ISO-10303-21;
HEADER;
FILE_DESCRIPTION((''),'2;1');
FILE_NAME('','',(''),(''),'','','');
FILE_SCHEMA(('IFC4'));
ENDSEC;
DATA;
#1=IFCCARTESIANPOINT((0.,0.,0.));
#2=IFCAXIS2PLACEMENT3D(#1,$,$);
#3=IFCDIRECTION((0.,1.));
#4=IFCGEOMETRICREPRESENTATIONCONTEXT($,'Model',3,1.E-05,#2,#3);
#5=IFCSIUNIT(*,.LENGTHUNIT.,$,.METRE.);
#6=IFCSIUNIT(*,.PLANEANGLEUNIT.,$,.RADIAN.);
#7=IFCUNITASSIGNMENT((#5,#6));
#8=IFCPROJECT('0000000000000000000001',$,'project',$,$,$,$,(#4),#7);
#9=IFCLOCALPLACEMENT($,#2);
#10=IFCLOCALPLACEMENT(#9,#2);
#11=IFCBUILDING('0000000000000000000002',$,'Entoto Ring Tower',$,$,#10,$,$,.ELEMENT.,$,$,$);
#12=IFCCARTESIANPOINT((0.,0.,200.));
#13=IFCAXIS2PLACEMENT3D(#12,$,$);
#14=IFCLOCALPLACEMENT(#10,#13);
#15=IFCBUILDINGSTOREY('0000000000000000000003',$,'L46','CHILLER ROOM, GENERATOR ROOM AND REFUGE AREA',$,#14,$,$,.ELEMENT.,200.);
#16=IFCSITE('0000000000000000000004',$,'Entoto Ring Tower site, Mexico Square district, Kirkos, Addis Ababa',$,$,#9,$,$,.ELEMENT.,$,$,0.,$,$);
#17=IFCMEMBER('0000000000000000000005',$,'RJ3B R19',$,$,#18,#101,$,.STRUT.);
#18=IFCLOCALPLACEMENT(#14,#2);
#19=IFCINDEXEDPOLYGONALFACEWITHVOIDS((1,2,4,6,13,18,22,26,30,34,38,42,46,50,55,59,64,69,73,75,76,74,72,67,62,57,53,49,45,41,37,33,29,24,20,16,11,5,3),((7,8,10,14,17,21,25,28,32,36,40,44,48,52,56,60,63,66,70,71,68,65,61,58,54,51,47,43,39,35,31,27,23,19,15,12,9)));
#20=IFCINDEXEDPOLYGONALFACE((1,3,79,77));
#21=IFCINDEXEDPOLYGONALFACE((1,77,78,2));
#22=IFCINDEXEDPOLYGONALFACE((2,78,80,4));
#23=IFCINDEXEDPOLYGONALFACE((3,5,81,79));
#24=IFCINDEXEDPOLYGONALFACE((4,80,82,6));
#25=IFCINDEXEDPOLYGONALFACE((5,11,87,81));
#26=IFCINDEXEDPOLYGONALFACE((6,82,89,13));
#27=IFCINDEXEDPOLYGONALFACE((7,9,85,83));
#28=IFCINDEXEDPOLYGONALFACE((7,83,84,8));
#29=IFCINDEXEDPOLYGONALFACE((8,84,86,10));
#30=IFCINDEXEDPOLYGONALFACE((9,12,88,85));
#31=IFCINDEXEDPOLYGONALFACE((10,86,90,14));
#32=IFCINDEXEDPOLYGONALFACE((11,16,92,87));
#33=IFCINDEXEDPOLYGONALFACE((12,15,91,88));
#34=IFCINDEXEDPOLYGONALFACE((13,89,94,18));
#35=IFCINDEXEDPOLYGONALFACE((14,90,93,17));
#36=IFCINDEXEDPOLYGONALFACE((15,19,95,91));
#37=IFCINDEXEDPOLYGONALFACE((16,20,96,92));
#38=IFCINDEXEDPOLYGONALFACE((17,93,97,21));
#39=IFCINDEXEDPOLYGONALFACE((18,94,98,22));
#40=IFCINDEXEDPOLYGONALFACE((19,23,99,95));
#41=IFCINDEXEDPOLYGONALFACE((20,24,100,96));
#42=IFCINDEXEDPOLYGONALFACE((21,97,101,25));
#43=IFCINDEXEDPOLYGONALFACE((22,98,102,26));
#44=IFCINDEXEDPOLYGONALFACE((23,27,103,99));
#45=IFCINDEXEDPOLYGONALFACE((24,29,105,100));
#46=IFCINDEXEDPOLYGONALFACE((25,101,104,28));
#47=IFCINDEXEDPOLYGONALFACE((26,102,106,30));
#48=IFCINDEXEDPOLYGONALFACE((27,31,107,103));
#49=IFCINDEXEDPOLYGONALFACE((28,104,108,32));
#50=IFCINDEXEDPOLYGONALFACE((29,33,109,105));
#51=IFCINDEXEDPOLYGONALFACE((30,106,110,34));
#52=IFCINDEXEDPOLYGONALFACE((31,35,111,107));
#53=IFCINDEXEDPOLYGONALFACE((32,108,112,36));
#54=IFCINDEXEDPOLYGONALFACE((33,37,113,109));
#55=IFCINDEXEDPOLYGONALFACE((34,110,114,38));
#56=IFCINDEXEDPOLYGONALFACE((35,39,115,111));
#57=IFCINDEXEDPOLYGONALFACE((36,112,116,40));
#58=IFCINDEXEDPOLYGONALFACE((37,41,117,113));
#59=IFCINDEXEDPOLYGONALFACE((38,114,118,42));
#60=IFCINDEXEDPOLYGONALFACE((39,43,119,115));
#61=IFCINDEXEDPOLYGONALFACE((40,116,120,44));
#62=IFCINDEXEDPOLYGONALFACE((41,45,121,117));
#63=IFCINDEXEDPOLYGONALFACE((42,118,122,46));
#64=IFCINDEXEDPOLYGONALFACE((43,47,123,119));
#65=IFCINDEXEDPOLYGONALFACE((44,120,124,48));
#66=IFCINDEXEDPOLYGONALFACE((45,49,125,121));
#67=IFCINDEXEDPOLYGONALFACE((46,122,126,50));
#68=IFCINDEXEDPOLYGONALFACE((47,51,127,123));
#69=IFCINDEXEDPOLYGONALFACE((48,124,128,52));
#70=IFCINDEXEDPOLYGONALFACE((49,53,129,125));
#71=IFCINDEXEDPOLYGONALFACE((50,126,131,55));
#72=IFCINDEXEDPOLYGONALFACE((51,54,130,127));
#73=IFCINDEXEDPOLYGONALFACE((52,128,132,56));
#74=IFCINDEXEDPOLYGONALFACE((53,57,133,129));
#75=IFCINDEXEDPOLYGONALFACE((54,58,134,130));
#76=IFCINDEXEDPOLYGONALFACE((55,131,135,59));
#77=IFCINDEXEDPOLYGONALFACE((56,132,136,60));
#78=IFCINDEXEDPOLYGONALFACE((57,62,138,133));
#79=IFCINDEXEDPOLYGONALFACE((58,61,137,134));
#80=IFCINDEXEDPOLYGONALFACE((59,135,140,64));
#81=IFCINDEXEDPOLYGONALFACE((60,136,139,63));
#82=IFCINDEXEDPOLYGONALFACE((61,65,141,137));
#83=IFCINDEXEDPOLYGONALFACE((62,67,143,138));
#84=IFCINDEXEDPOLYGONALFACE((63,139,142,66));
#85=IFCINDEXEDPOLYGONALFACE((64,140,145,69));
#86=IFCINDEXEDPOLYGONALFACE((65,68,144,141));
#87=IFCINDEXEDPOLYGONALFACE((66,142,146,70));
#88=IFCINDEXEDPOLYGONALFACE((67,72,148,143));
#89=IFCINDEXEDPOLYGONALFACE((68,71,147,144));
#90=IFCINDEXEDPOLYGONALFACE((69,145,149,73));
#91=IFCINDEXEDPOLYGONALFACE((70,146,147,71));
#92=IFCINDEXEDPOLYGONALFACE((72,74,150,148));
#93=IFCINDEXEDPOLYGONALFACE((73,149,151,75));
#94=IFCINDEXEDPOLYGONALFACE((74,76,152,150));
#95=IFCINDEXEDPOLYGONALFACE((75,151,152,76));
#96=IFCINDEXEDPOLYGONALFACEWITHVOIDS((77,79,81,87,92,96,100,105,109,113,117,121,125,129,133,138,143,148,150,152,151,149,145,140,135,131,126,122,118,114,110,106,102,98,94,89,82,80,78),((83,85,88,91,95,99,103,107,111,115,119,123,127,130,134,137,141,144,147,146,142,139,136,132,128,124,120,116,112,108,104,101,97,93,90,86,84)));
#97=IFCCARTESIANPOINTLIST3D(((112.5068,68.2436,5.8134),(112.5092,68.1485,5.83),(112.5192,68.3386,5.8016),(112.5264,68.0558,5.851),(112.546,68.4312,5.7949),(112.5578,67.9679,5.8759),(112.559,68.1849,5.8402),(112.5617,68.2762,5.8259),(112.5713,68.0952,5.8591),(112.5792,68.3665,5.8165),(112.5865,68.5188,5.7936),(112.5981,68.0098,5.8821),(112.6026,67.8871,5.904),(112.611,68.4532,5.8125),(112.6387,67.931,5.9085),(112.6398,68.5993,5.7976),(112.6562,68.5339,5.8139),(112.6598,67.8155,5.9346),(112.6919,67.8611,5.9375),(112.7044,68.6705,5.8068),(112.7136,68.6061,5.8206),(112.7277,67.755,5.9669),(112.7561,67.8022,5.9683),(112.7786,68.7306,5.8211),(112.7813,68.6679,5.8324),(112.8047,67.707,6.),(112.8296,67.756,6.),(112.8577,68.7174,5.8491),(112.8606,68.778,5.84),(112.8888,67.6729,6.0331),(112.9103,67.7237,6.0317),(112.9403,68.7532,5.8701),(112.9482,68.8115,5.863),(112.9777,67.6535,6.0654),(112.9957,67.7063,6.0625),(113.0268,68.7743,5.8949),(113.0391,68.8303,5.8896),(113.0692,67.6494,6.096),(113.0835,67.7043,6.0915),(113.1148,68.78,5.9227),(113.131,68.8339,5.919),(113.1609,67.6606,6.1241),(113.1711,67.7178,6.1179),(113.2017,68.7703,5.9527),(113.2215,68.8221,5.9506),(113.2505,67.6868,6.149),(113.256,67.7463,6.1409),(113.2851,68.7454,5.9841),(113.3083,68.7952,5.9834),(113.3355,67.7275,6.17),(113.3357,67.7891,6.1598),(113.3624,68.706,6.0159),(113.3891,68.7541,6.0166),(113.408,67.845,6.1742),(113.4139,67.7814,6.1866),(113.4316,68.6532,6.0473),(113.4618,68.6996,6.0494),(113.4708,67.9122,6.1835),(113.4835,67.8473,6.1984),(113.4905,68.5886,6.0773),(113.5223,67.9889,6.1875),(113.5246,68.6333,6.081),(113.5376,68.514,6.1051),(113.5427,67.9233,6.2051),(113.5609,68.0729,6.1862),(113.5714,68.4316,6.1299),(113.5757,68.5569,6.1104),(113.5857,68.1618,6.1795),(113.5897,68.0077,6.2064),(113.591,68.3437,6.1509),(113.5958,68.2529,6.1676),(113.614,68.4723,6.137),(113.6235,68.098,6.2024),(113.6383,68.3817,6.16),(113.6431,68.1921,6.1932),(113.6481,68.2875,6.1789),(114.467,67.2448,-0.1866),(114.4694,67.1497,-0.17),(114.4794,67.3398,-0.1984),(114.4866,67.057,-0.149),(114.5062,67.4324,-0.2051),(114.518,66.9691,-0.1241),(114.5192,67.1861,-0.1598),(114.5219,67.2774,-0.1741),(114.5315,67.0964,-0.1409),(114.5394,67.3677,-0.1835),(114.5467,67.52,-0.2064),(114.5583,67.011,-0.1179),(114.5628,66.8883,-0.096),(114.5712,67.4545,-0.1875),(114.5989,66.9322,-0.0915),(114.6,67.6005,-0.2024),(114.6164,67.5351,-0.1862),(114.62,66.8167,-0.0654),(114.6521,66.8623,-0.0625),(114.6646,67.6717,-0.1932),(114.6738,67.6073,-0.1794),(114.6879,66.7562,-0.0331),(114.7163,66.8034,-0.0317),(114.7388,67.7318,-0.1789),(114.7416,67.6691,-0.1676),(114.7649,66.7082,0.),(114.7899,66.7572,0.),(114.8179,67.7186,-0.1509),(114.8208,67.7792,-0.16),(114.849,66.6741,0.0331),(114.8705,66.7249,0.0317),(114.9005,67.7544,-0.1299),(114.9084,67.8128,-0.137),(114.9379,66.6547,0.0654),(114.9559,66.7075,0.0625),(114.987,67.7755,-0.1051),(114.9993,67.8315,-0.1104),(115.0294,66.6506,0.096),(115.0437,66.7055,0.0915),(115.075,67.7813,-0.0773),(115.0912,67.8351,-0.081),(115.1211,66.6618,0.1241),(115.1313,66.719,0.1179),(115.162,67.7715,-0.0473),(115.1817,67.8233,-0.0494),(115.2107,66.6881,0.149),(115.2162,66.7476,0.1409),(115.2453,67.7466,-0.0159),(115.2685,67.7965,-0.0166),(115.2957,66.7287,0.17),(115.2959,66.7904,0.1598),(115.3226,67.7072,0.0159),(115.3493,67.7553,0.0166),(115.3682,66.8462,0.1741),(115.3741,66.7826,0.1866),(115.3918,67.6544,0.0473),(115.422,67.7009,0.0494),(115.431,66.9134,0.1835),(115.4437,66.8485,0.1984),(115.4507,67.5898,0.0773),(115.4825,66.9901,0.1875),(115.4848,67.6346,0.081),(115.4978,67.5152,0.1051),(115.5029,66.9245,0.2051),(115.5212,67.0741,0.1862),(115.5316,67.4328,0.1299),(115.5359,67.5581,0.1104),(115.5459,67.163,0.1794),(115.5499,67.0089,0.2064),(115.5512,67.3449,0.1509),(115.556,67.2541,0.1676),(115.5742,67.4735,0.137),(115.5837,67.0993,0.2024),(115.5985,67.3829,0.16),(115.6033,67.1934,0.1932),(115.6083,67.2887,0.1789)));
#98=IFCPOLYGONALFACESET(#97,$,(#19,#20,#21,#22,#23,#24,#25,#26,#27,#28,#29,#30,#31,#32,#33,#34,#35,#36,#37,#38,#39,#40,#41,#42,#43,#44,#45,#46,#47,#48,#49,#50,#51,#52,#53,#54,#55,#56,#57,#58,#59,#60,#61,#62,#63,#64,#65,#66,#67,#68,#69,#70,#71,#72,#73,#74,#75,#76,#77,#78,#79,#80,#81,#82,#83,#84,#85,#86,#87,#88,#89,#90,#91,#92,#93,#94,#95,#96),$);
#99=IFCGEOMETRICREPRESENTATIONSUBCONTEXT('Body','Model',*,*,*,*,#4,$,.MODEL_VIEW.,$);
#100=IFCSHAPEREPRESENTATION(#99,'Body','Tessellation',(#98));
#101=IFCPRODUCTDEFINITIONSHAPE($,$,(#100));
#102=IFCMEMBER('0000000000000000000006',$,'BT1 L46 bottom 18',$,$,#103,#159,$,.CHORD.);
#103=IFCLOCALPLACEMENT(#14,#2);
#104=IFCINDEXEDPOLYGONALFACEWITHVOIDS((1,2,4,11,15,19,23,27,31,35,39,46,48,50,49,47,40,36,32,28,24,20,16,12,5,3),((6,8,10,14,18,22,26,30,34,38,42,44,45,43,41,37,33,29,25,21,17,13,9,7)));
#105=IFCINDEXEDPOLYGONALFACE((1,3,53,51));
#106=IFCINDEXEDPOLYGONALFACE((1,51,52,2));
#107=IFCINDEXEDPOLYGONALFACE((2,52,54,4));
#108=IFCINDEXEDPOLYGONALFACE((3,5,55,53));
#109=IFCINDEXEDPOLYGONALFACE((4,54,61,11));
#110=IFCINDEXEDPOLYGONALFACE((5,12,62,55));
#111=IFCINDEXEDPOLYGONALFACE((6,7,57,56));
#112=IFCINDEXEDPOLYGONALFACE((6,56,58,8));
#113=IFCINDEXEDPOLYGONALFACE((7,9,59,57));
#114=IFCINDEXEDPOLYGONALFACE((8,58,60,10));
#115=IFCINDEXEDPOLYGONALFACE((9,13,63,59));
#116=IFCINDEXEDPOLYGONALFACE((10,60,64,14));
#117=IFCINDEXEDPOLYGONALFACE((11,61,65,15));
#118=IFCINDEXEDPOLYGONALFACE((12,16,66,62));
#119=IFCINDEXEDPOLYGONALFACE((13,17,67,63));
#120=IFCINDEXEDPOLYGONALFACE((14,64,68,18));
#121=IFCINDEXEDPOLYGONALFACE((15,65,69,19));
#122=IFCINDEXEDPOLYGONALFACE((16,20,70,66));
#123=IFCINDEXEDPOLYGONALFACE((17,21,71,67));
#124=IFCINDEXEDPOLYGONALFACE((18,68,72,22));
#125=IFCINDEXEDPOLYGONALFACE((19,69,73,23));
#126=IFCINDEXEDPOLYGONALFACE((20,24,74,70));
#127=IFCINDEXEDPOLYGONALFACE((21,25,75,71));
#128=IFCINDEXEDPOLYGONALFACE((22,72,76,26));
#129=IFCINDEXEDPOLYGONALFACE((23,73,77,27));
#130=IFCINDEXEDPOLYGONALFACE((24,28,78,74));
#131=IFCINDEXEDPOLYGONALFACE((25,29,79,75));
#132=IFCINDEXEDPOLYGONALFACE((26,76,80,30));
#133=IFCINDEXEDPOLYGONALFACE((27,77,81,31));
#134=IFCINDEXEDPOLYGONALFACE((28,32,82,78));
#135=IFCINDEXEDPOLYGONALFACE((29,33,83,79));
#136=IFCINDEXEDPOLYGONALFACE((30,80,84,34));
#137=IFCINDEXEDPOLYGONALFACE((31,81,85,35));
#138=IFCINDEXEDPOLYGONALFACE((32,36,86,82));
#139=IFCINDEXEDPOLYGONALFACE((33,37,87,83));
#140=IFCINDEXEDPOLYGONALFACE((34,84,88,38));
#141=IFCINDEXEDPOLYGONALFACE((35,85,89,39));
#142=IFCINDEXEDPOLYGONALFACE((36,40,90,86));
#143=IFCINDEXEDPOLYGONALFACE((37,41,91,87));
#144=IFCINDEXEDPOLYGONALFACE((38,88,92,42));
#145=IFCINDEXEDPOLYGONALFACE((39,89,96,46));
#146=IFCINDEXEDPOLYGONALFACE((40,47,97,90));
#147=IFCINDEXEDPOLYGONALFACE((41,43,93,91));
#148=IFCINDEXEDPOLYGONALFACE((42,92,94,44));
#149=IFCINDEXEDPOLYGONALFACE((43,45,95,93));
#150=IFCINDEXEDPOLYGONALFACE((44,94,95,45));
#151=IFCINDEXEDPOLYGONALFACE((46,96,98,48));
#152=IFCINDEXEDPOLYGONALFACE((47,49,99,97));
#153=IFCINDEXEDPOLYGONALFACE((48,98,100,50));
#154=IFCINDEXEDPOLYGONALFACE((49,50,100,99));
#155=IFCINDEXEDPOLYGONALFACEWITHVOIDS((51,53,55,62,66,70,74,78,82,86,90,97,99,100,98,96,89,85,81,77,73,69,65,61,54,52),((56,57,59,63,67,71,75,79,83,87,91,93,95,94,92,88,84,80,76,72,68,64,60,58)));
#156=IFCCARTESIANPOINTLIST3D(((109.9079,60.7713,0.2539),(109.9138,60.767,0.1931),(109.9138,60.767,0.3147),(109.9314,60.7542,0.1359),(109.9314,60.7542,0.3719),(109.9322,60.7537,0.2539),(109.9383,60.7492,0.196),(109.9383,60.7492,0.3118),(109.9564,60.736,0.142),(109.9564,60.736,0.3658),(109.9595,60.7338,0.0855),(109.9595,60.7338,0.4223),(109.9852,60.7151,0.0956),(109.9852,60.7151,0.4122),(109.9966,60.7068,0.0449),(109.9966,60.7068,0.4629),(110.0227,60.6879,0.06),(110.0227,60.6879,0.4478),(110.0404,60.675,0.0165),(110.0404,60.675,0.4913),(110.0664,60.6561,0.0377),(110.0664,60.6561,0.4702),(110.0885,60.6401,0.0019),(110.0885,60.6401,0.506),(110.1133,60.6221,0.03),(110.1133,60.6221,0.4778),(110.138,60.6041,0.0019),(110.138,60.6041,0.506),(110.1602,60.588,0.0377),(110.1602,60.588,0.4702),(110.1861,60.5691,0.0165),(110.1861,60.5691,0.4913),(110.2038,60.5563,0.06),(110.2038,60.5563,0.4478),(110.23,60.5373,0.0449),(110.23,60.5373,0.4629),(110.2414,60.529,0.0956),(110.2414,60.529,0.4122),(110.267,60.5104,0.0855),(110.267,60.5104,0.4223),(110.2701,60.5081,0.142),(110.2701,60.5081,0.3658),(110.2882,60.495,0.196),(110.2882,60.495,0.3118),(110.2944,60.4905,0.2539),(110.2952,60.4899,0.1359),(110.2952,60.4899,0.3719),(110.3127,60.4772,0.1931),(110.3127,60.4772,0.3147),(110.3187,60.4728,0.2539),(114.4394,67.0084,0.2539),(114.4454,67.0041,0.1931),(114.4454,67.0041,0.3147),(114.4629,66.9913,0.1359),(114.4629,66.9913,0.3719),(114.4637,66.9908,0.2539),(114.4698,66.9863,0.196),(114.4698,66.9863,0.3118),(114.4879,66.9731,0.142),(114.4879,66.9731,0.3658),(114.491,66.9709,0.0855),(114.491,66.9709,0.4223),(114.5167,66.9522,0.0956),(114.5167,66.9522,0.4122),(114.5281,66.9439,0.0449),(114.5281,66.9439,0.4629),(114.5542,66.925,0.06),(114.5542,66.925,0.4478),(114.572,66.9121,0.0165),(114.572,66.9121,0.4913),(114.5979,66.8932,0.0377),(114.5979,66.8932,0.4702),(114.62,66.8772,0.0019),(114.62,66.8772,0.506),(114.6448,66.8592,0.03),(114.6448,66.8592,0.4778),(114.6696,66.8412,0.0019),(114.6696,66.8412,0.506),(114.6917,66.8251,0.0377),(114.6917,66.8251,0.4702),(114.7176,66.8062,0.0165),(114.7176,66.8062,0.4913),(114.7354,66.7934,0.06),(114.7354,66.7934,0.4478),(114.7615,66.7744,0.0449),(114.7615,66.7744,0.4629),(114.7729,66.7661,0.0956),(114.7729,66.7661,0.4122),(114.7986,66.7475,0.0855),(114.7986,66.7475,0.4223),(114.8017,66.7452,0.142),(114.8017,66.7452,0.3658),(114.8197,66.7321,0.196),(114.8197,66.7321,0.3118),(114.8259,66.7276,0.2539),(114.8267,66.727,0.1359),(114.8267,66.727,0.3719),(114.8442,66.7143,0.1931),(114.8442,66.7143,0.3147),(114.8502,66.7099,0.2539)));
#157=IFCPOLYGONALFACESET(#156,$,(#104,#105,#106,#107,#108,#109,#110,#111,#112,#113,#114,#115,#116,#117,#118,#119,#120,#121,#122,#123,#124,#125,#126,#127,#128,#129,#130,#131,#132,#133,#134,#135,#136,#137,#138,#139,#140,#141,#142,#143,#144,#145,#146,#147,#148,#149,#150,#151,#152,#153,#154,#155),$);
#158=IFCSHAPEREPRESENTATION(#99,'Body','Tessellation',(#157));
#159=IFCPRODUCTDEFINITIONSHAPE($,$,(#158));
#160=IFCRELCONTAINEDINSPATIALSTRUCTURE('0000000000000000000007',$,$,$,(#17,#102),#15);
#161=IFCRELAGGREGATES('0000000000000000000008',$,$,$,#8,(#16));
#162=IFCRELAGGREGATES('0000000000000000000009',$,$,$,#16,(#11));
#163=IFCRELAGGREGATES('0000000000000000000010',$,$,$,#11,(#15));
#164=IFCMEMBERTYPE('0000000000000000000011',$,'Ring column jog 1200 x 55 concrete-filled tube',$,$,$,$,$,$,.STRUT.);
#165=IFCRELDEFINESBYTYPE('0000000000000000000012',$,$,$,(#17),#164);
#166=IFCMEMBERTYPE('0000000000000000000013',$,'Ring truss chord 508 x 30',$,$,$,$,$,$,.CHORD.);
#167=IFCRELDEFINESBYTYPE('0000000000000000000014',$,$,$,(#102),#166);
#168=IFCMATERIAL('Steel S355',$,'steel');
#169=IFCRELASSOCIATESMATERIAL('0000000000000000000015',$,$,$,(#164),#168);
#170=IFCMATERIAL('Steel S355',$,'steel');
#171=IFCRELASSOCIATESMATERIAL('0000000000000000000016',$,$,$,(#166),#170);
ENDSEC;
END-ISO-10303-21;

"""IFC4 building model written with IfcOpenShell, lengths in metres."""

from ifc_helpers import new_model, si_unit, direction, frame, origin, origin_2d, place, context, subcontext, project, spatial, circle, hollow_circle, extrude, material, material_profile, profile_set, type_object, element, save


model = new_model("IFC4")

# Units and contexts
model_context = context("Model", 3, precision=1e-05, world=origin(), true_north=direction((0.0, 1.0)))
body_context = subcontext(model_context, "Body", "Model", "MODEL_VIEW")
ifc_project = project(units=[si_unit("LENGTHUNIT", "METRE"), si_unit("PLANEANGLEUNIT", "RADIAN")], contexts=[model_context])

# Site, building, storey
site_placement = place(None, origin())
site = spatial("IfcSite", under=ifc_project, at=site_placement, Name="Entoto Ring Tower site, Mexico Square district, Kirkos, Addis Ababa", CompositionType="ELEMENT", RefElevation=0.0)
building_placement = place(site_placement, origin())
building = spatial("IfcBuilding", under=site, at=building_placement, Name="Entoto Ring Tower", CompositionType="ELEMENT")
storey_placement = place(building_placement, frame((0.0, 0.0, 200.0)))
storey = spatial("IfcBuildingStorey", under=building, at=storey_placement, Name="L46", Description="CHILLER ROOM, GENERATOR ROOM AND REFUGE AREA", CompositionType="ELEMENT", Elevation=200.0)

# Members
ifc_material_1 = material(Name="Steel S355", Category="steel")
ifc_material_profile_1 = material_profile(ifc_material_1, hollow_circle(Radius=0.6001, WallThickness=0.0549, at=origin_2d()), Name="CHS 1200 x 55")
ifc_material_2 = material(Name="Concrete C60/75", Category="concrete")
ifc_material_profile_2 = material_profile(ifc_material_2, circle(Radius=0.5449, at=origin_2d()), Name="Concrete C60/75 infill")
ifc_profile_set_1 = profile_set([ifc_material_profile_1, ifc_material_profile_2], Name="Steel S355")
member_type_1 = type_object("IfcMemberType", Name="Ring column jog 1200 x 55 concrete-filled tube", PredefinedType="STRUT", material=ifc_profile_set_1)
for number, where, z_axis, x_axis, name in (
    (1, (115.0374, 67.2429, 0.0), (-0.306732, 0.156288, 0.938877), (-0.453992, -0.891006, 0.0), "RJ3B R19"),
):
    element("IfcMember", number, at=place(storey_placement, frame(where, z_axis=z_axis, x_axis=x_axis)), inside=storey, type_object=member_type_1, Name=name, PredefinedType="STRUT", context=body_context, shape_type="SweptSolid", body=[
        extrude(hollow_circle(Radius=0.6001, WallThickness=0.0549, at=origin_2d()), origin(), (0.0, 0.0, 1.0), 6.3906),
    ])
ifc_material_3 = material(Name="Steel S355", Category="steel")
ifc_material_profile_3 = material_profile(ifc_material_3, hollow_circle(Radius=0.2539, WallThickness=0.03, at=origin_2d()), Name="CHS 508 x 30")
ifc_material_4 = material(Name="Concrete C60/75", Category="concrete")
ifc_material_profile_4 = material_profile(ifc_material_4, circle(Radius=0.2241, at=origin_2d()), Name="Concrete C60/75 infill")
ifc_profile_set_2 = profile_set([ifc_material_profile_3, ifc_material_profile_4], Name="Steel S355")
member_type_2 = type_object("IfcMemberType", Name="Ring truss chord 508 x 30", PredefinedType="CHORD", material=ifc_profile_set_2)
member_1_placement = place(storey_placement, frame((110.1133, 60.6221, 0.2539), z_axis=(0.587786, 0.809017, 0.0), x_axis=(-0.809017, 0.587786, 0.0)))
element("IfcMember", 2, at=member_1_placement, inside=storey, type_object=member_type_2, Name="BT1 L46 bottom 18", PredefinedType="CHORD", context=body_context, shape_type="SweptSolid", body=[
    extrude(hollow_circle(Radius=0.2539, WallThickness=0.03, at=origin_2d()), origin(), (0.0, 0.0, 1.0), 7.7095),
])

save(model, "model.ifc")
